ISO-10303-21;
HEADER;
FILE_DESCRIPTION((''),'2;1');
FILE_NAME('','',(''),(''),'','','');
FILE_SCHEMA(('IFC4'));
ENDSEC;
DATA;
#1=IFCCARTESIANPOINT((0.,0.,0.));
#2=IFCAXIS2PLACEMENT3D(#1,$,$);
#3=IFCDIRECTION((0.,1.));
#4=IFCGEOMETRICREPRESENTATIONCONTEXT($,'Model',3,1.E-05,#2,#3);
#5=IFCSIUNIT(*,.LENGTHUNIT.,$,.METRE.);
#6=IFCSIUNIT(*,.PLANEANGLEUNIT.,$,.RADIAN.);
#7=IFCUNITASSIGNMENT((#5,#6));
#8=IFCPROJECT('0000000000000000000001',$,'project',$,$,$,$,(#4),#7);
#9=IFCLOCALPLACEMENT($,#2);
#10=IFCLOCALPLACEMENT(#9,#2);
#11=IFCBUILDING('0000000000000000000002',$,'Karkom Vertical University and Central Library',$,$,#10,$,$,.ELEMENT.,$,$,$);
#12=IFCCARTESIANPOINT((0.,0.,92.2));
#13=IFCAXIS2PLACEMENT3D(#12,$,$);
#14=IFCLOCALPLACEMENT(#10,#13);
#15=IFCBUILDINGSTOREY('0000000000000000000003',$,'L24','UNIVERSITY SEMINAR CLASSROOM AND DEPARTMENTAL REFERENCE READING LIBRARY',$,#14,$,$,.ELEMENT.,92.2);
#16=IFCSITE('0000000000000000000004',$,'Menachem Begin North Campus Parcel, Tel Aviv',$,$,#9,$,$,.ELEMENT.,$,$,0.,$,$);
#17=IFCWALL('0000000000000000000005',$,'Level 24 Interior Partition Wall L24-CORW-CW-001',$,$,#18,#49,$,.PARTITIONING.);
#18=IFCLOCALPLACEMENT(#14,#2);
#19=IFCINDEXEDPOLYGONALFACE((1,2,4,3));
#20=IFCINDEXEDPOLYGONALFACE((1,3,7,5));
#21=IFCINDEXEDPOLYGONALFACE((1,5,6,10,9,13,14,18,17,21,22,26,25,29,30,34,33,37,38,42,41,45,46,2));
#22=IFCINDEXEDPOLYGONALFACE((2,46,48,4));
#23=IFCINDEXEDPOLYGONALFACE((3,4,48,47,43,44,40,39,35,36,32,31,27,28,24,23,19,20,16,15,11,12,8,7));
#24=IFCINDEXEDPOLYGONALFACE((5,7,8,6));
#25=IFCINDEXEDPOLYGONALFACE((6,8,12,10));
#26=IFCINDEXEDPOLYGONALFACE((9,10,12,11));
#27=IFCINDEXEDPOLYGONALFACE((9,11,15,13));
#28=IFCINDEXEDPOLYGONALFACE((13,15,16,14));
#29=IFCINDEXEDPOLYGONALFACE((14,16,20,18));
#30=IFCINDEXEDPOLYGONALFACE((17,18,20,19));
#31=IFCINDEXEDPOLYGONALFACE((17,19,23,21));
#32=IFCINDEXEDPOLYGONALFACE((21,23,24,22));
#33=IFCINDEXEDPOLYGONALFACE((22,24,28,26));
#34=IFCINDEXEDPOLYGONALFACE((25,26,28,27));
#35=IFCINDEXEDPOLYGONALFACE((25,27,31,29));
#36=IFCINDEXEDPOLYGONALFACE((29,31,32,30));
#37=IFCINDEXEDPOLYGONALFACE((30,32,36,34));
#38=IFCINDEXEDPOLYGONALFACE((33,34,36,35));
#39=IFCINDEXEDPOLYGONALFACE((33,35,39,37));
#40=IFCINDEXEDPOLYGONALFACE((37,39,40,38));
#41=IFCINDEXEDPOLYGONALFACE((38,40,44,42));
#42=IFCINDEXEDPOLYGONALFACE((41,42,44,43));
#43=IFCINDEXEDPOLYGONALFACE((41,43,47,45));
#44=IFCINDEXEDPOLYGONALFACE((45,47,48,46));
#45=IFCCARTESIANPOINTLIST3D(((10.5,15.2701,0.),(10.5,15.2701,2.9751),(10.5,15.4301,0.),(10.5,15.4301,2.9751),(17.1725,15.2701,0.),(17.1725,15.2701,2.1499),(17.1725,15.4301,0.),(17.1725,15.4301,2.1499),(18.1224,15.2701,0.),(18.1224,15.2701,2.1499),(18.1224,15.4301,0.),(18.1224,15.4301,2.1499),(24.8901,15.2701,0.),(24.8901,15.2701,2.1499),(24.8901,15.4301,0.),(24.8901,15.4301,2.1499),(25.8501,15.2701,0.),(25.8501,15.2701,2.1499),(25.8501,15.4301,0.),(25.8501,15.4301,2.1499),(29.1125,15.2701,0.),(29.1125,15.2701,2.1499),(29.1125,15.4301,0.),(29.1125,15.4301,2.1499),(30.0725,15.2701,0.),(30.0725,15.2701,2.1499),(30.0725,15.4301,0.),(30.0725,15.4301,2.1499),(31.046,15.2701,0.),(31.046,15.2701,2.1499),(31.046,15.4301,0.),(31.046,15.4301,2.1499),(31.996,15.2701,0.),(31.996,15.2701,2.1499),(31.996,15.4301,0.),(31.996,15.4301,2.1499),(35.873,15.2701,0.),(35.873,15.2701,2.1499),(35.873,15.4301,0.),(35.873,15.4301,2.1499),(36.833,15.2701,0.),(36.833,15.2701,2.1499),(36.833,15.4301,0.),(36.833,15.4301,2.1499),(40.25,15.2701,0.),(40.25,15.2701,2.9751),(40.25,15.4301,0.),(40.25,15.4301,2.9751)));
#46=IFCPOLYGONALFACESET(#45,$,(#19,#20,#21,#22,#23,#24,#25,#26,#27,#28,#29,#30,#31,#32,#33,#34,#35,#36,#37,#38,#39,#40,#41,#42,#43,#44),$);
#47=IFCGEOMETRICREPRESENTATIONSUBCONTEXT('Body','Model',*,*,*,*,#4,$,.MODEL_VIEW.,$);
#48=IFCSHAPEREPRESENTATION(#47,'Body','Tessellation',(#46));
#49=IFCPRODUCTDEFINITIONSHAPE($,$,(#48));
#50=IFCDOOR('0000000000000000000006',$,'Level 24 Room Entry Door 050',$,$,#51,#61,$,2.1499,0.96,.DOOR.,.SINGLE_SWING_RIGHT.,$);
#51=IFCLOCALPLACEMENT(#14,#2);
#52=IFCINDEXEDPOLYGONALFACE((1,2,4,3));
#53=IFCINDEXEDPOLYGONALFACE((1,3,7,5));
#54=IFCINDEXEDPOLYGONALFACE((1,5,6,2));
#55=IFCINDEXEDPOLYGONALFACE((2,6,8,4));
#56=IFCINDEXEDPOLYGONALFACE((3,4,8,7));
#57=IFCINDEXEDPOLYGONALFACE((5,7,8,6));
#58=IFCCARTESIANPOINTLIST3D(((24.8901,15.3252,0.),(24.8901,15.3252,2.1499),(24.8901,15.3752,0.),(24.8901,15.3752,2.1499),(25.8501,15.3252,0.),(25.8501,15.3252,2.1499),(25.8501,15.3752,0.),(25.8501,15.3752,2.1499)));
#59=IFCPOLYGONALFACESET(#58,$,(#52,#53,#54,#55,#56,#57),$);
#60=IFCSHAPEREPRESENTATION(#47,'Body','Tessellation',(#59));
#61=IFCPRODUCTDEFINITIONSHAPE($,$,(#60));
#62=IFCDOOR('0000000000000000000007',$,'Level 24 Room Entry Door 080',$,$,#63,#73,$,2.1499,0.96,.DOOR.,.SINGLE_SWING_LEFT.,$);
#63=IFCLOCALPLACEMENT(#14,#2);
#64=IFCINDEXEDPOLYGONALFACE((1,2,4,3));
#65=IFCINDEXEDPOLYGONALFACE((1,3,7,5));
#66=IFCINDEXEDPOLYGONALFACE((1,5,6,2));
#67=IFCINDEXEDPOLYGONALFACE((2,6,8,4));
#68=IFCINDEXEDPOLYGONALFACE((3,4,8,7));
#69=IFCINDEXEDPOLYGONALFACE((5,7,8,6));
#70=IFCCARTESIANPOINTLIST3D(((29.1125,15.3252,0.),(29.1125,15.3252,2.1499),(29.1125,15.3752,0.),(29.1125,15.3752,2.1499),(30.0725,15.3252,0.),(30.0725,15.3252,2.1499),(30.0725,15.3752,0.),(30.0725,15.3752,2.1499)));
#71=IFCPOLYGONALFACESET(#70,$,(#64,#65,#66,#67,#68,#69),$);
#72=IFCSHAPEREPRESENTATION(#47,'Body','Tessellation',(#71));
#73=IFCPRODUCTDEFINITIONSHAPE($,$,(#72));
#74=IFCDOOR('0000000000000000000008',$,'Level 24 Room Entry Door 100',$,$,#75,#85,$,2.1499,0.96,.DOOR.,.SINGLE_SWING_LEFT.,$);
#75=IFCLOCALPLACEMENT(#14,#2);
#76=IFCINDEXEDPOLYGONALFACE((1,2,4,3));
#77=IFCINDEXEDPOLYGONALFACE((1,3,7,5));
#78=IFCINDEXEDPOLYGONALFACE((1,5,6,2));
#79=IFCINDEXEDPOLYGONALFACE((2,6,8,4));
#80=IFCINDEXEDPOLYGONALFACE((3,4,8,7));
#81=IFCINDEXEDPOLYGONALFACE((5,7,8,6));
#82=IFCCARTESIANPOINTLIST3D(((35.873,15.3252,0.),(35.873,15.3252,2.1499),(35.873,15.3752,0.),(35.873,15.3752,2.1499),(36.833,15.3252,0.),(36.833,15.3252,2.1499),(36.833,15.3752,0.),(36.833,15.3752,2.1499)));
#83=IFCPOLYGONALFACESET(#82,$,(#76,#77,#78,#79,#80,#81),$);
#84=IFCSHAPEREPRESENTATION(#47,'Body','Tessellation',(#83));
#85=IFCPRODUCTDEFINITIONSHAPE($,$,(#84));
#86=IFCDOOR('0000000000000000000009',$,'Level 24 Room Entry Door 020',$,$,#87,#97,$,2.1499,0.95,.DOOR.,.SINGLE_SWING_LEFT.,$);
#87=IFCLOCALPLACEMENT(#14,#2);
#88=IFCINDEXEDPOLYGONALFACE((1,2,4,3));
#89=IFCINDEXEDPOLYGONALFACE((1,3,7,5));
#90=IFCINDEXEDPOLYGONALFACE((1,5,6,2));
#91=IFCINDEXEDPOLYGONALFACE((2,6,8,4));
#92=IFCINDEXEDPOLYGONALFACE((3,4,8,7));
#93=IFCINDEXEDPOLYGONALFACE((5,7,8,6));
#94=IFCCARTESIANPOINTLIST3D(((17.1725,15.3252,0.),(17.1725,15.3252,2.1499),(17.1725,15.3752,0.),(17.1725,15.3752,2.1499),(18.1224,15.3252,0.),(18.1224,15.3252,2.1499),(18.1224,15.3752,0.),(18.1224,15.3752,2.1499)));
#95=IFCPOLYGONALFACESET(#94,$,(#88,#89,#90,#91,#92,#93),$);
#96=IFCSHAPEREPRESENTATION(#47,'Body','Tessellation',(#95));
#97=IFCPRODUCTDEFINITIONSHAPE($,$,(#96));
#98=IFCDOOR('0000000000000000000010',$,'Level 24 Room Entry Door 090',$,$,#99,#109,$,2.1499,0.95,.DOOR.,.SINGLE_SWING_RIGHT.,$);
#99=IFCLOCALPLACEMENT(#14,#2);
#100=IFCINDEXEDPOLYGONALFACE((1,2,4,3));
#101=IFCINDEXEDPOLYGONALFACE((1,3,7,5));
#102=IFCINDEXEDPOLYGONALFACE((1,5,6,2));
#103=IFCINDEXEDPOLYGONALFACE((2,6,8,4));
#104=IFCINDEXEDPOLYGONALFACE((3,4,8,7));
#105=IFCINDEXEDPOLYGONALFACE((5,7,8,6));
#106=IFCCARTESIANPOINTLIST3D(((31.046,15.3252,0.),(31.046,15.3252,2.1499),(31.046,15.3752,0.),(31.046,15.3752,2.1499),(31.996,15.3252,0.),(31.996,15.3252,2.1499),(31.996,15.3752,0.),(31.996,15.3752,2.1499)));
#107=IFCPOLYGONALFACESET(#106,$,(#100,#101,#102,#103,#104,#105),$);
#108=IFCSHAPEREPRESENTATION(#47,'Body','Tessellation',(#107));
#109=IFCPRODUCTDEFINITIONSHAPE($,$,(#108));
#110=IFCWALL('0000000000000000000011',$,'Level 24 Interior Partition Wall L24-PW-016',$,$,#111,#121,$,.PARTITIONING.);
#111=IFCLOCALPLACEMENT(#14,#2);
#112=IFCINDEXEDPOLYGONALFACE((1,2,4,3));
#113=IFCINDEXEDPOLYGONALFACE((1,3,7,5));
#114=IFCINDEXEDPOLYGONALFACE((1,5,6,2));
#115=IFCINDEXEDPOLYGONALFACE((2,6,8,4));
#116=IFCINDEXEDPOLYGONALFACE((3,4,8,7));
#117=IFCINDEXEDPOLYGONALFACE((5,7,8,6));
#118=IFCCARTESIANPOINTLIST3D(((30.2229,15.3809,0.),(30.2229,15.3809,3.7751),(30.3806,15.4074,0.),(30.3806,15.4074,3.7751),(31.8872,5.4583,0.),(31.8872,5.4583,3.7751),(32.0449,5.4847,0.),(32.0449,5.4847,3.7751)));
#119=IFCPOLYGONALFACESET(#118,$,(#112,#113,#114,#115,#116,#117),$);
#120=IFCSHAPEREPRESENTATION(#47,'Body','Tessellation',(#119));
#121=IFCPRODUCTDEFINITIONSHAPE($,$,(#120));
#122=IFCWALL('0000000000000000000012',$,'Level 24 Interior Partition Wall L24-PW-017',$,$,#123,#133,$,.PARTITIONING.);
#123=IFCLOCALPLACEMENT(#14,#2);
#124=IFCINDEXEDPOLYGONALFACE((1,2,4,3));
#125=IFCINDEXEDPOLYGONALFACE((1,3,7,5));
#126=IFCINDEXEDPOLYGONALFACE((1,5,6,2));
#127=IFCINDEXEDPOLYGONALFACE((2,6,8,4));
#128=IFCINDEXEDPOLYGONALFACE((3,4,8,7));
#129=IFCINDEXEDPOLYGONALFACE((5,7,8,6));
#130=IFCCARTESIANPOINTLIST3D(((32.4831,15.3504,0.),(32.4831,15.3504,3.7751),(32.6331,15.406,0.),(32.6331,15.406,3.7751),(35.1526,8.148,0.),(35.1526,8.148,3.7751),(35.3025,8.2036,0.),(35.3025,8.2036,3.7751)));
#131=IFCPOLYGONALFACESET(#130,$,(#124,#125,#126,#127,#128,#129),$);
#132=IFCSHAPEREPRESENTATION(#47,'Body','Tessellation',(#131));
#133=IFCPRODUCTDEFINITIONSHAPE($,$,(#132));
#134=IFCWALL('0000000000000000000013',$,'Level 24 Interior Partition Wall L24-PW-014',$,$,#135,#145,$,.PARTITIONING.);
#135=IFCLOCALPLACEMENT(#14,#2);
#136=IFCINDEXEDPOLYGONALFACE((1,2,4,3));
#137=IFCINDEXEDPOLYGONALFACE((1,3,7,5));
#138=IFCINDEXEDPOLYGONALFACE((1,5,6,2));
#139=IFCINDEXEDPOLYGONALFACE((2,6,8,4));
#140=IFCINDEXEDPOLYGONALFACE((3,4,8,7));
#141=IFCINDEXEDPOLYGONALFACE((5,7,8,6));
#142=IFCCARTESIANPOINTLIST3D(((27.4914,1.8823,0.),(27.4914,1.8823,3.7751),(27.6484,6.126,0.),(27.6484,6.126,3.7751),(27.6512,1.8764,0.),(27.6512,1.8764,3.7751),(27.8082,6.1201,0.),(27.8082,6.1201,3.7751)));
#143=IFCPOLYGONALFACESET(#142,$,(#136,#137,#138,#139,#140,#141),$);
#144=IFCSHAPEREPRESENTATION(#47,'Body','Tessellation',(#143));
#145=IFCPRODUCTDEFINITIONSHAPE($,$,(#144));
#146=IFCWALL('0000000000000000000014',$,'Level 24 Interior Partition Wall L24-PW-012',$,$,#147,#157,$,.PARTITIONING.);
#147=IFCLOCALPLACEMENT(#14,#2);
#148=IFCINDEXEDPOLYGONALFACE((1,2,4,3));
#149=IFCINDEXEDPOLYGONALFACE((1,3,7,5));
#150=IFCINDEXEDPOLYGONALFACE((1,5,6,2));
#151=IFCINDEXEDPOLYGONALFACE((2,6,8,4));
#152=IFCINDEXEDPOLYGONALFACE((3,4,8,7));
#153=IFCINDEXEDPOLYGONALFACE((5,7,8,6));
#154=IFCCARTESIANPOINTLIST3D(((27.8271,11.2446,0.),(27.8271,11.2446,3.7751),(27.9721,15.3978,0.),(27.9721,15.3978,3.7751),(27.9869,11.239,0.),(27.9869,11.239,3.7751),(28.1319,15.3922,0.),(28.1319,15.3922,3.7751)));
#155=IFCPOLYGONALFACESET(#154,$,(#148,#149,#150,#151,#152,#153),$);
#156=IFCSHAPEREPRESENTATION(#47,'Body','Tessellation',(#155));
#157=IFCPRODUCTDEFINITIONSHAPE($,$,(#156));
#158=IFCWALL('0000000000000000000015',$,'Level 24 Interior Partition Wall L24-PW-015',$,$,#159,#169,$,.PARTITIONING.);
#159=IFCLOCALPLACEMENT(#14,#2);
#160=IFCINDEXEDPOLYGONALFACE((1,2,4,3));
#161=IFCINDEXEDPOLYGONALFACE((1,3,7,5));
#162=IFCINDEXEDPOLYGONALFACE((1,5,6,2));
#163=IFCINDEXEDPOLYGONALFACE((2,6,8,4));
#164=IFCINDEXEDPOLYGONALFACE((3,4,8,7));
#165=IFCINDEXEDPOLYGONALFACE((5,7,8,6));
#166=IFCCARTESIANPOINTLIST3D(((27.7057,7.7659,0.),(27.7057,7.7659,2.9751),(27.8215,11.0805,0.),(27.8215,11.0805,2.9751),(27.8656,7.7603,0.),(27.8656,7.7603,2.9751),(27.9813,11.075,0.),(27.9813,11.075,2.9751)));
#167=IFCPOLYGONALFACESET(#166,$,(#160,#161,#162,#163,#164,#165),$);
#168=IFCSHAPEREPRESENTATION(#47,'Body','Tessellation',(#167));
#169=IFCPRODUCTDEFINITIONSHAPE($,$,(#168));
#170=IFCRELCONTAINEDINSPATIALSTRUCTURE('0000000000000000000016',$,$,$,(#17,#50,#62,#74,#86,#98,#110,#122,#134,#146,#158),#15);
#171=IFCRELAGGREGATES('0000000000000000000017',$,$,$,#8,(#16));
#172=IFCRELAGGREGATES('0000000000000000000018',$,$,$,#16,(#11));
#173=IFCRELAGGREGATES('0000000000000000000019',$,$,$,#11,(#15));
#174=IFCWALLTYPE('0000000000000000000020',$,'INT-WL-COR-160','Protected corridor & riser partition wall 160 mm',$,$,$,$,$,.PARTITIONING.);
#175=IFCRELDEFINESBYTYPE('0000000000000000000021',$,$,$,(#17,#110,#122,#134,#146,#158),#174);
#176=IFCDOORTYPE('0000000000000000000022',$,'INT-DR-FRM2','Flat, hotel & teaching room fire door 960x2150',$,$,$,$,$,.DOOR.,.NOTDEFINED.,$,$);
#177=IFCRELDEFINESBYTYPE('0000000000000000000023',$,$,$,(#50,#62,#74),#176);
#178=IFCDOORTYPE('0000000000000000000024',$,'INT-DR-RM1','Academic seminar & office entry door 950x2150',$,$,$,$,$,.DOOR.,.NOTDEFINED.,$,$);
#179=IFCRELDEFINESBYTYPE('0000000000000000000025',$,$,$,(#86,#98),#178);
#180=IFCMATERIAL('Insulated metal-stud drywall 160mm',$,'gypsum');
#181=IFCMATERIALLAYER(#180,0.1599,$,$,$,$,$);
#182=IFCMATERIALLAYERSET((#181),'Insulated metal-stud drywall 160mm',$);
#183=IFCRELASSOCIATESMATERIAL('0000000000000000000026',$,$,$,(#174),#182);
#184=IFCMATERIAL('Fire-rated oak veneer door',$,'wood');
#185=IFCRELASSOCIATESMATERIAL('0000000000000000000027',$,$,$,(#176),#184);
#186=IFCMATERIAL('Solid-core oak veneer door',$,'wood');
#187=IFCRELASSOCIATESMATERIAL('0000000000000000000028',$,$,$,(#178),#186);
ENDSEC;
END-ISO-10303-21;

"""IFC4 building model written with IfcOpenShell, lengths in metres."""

from ifc_helpers import new_model, si_unit, direction, frame, frame_2d, origin, origin_with_axes, place, context, subcontext, project, spatial, rectangle, extrude, source, transform, mapped, material, layer, layer_set, type_object, element, fill, save


model = new_model("IFC4")

# Units and contexts
model_context = context("Model", 3, precision=1e-05, world=origin(), true_north=direction((0.0, 1.0)))
body_context = subcontext(model_context, "Body", "Model", "MODEL_VIEW")
ifc_project = project(units=[si_unit("LENGTHUNIT", "METRE"), si_unit("PLANEANGLEUNIT", "RADIAN")], contexts=[model_context])

# Site, building, storey
site_placement = place(None, origin())
site = spatial("IfcSite", under=ifc_project, at=site_placement, Name="Menachem Begin North Campus Parcel, Tel Aviv", CompositionType="ELEMENT", RefElevation=0.0)
building_placement = place(site_placement, origin())
building = spatial("IfcBuilding", under=site, at=building_placement, Name="Karkom Vertical University and Central Library", CompositionType="ELEMENT")
storey_placement = place(building_placement, frame((0.0, 0.0, 92.2)))
storey = spatial("IfcBuildingStorey", under=building, at=storey_placement, Name="L24", Description="UNIVERSITY SEMINAR CLASSROOM AND DEPARTMENTAL REFERENCE READING LIBRARY", CompositionType="ELEMENT", Elevation=92.2)

# Wall, openings, doors
ifc_material_1 = material(Name="Insulated metal-stud drywall 160mm", Category="gypsum")
ifc_layer_1 = layer(ifc_material_1, 0.1599)
ifc_layer_set_1 = layer_set([ifc_layer_1], Name="Insulated metal-stud drywall 160mm")
wall_type = type_object("IfcWallType", Name="INT-WL-COR-160", Description="Protected corridor & riser partition wall 160 mm", PredefinedType="PARTITIONING", material=ifc_layer_set_1)
wall_1_placement = place(storey_placement, frame((40.25, 15.3501, 0.0), z_axis=(0.0, 0.0, 1.0), x_axis=(-1.0, 0.0, 0.0)))
wall_1 = element("IfcWall", 1, at=wall_1_placement, inside=storey, type_object=wall_type, Name="Level 24 Interior Partition Wall L24-CORW-CW-001", PredefinedType="PARTITIONING", context=body_context, shape_type="SweptSolid", body=[
    extrude(rectangle(XDim=29.75, YDim=0.1599, at=frame_2d((14.875, 0.0))), origin(), (0.0, 0.0, 1.0), 2.9751),
])
opening_1_placement = place(wall_1_placement, frame((22.1274, 0.0, 0.0)))
opening_1 = element("IfcOpeningElement", 2, at=opening_1_placement, cuts=wall_1, PredefinedType="OPENING", context=body_context, shape_type="SweptSolid", body=[
    extrude(rectangle(XDim=0.95, YDim=2.1499, at=frame_2d((0.4751, 1.075))), frame((0.0, 0.0898, 0.0), z_axis=(0.0, -1.0, 0.0), x_axis=(1.0, 0.0, 0.0)), (0.0, 0.0, 1.0), 0.1799),
])
opening_2_placement = place(wall_1_placement, frame((14.3999, 0.0, 0.0)))
opening_2 = element("IfcOpeningElement", 3, at=opening_2_placement, cuts=wall_1, PredefinedType="OPENING", context=body_context, shape_type="SweptSolid", body=[
    extrude(rectangle(XDim=0.96, YDim=2.1499, at=frame_2d((0.48, 1.075))), frame((0.0, 0.0898, 0.0), z_axis=(0.0, -1.0, 0.0), x_axis=(1.0, 0.0, 0.0)), (0.0, 0.0, 1.0), 0.1799),
])
opening_3_placement = place(wall_1_placement, frame((10.1775, 0.0, 0.0)))
opening_3 = element("IfcOpeningElement", 4, at=opening_3_placement, cuts=wall_1, PredefinedType="OPENING", context=body_context, shape_type="SweptSolid", body=[
    extrude(rectangle(XDim=0.96, YDim=2.1499, at=frame_2d((0.48, 1.075))), frame((0.0, 0.0898, 0.0), z_axis=(0.0, -1.0, 0.0), x_axis=(1.0, 0.0, 0.0)), (0.0, 0.0, 1.0), 0.1799),
])
opening_4_placement = place(wall_1_placement, frame((8.2539, 0.0, 0.0)))
opening_4 = element("IfcOpeningElement", 5, at=opening_4_placement, cuts=wall_1, PredefinedType="OPENING", context=body_context, shape_type="SweptSolid", body=[
    extrude(rectangle(XDim=0.95, YDim=2.1499, at=frame_2d((0.4751, 1.075))), frame((0.0, 0.0898, 0.0), z_axis=(0.0, -1.0, 0.0), x_axis=(1.0, 0.0, 0.0)), (0.0, 0.0, 1.0), 0.1799),
])
opening_5_placement = place(wall_1_placement, frame((3.417, 0.0, 0.0)))
opening_5 = element("IfcOpeningElement", 6, at=opening_5_placement, cuts=wall_1, PredefinedType="OPENING", context=body_context, shape_type="SweptSolid", body=[
    extrude(rectangle(XDim=0.96, YDim=2.1499, at=frame_2d((0.48, 1.075))), frame((0.0, 0.0898, 0.0), z_axis=(0.0, -1.0, 0.0), x_axis=(1.0, 0.0, 0.0)), (0.0, 0.0, 1.0), 0.1799),
])
ifc_material_2 = material(Name="Fire-rated oak veneer door", Category="wood")
door_type_1 = type_object("IfcDoorType", Name="INT-DR-FRM2", Description="Flat, hotel & teaching room fire door 960x2150", OperationType="NOTDEFINED", PredefinedType="DOOR", material=ifc_material_2)
shared_shape_1 = source(origin_with_axes(), body_context, "Body", "SweptSolid", [
    extrude(rectangle(XDim=0.96, YDim=2.1499, at=frame_2d((0.48, 1.075))), frame((0.0, 0.0249, 0.0), z_axis=(0.0, -1.0, 0.0), x_axis=(1.0, 0.0, 0.0)), (0.0, 0.0, 1.0), 0.05),
])
door_1_placement = place(opening_2_placement, origin())
door_1 = element("IfcDoor", 7, at=door_1_placement, inside=storey, type_object=door_type_1, Name="Level 24 Room Entry Door 050", OperationType="SINGLE_SWING_RIGHT", OverallHeight=2.1499, OverallWidth=0.96, PredefinedType="DOOR", context=body_context, shape_type="MappedRepresentation", body=[
    mapped(shared_shape_1, transform((0.0, 0.0, 0.0), scale=1.0)),
])
fill(opening_2, door_1)
door_2_placement = place(opening_3_placement, origin())
door_2 = element("IfcDoor", 8, at=door_2_placement, inside=storey, type_object=door_type_1, Name="Level 24 Room Entry Door 080", OperationType="SINGLE_SWING_LEFT", OverallHeight=2.1499, OverallWidth=0.96, PredefinedType="DOOR", context=body_context, shape_type="MappedRepresentation", body=[
    mapped(shared_shape_1, transform((0.0, 0.0, 0.0), scale=1.0)),
])
fill(opening_3, door_2)
door_3_placement = place(opening_5_placement, origin())
door_3 = element("IfcDoor", 9, at=door_3_placement, inside=storey, type_object=door_type_1, Name="Level 24 Room Entry Door 100", OperationType="SINGLE_SWING_LEFT", OverallHeight=2.1499, OverallWidth=0.96, PredefinedType="DOOR", context=body_context, shape_type="MappedRepresentation", body=[
    mapped(shared_shape_1, transform((0.0, 0.0, 0.0), scale=1.0)),
])
fill(opening_5, door_3)
ifc_material_3 = material(Name="Solid-core oak veneer door", Category="wood")
door_type_2 = type_object("IfcDoorType", Name="INT-DR-RM1", Description="Academic seminar & office entry door 950x2150", OperationType="NOTDEFINED", PredefinedType="DOOR", material=ifc_material_3)
shared_shape_2 = source(origin_with_axes(), body_context, "Body", "SweptSolid", [
    extrude(rectangle(XDim=0.95, YDim=2.1499, at=frame_2d((0.4751, 1.075))), frame((0.0, 0.0249, 0.0), z_axis=(0.0, -1.0, 0.0), x_axis=(1.0, 0.0, 0.0)), (0.0, 0.0, 1.0), 0.05),
])
door_4_placement = place(opening_1_placement, origin())
door_4 = element("IfcDoor", 10, at=door_4_placement, inside=storey, type_object=door_type_2, Name="Level 24 Room Entry Door 020", OperationType="SINGLE_SWING_LEFT", OverallHeight=2.1499, OverallWidth=0.95, PredefinedType="DOOR", context=body_context, shape_type="MappedRepresentation", body=[
    mapped(shared_shape_2, transform((0.0, 0.0, 0.0), scale=1.0)),
])
fill(opening_1, door_4)
door_5_placement = place(opening_4_placement, origin())
door_5 = element("IfcDoor", 11, at=door_5_placement, inside=storey, type_object=door_type_2, Name="Level 24 Room Entry Door 090", OperationType="SINGLE_SWING_RIGHT", OverallHeight=2.1499, OverallWidth=0.95, PredefinedType="DOOR", context=body_context, shape_type="MappedRepresentation", body=[
    mapped(shared_shape_2, transform((0.0, 0.0, 0.0), scale=1.0)),
])
fill(opening_4, door_5)

# Walls
wall_2_placement = place(storey_placement, frame((30.3018, 15.3943, 0.0), z_axis=(0.0, 0.0, 1.0), x_axis=(0.165418, -0.986224, 0.0)))
element("IfcWall", 12, at=wall_2_placement, inside=storey, type_object=wall_type, Name="Level 24 Interior Partition Wall L24-PW-016", PredefinedType="PARTITIONING", context=body_context, shape_type="SweptSolid", body=[
    extrude(rectangle(XDim=10.0613, YDim=0.1599, at=frame_2d((5.0308, 0.0))), origin(), (0.0, 0.0, 1.0), 3.7751),
])
wall_3_placement = place(storey_placement, frame((32.5581, 15.3782, 0.0), z_axis=(0.0, 0.0, 1.0), x_axis=(0.34753, -0.937669, 0.0)))
element("IfcWall", 13, at=wall_3_placement, inside=storey, type_object=wall_type, Name="Level 24 Interior Partition Wall L24-PW-017", PredefinedType="PARTITIONING", context=body_context, shape_type="SweptSolid", body=[
    extrude(rectangle(XDim=7.6812, YDim=0.1599, at=frame_2d((3.8406, 0.0))), origin(), (0.0, 0.0, 1.0), 3.7751),
])

# Walls
wall_4_placement = place(storey_placement, frame((27.7283, 6.123, 0.0), z_axis=(0.0, 0.0, 1.0), x_axis=(-0.036967, -0.999316, 0.0)))
element("IfcWall", 14, at=wall_4_placement, inside=storey, type_object=wall_type, Name="Level 24 Interior Partition Wall L24-PW-014", PredefinedType="PARTITIONING", context=body_context, shape_type="SweptSolid", body=[
    extrude(rectangle(XDim=4.2466, YDim=0.1599, at=frame_2d((2.1233, 0.0))), origin(), (0.0, 0.0, 1.0), 3.7751),
])
wall_5_placement = place(storey_placement, frame((28.052, 15.395, 0.0), z_axis=(0.0, 0.0, 1.0), x_axis=(-0.034895, -0.999391, 0.0)))
element("IfcWall", 15, at=wall_5_placement, inside=storey, type_object=wall_type, Name="Level 24 Interior Partition Wall L24-PW-012", PredefinedType="PARTITIONING", context=body_context, shape_type="SweptSolid", body=[
    extrude(rectangle(XDim=4.1558, YDim=0.1599, at=frame_2d((2.0779, 0.0))), origin(), (0.0, 0.0, 1.0), 3.7751),
])
wall_6_placement = place(storey_placement, frame((27.9014, 11.0776, 0.0), z_axis=(0.0, 0.0, 1.0), x_axis=(-0.034891, -0.999391, 0.0)))
element("IfcWall", 16, at=wall_6_placement, inside=storey, type_object=wall_type, Name="Level 24 Interior Partition Wall L24-PW-015", PredefinedType="PARTITIONING", context=body_context, shape_type="SweptSolid", body=[
    extrude(rectangle(XDim=3.3167, YDim=0.1599, at=frame_2d((1.6582, 0.0))), origin(), (0.0, 0.0, 1.0), 2.9751),
])

save(model, "model.ifc")
